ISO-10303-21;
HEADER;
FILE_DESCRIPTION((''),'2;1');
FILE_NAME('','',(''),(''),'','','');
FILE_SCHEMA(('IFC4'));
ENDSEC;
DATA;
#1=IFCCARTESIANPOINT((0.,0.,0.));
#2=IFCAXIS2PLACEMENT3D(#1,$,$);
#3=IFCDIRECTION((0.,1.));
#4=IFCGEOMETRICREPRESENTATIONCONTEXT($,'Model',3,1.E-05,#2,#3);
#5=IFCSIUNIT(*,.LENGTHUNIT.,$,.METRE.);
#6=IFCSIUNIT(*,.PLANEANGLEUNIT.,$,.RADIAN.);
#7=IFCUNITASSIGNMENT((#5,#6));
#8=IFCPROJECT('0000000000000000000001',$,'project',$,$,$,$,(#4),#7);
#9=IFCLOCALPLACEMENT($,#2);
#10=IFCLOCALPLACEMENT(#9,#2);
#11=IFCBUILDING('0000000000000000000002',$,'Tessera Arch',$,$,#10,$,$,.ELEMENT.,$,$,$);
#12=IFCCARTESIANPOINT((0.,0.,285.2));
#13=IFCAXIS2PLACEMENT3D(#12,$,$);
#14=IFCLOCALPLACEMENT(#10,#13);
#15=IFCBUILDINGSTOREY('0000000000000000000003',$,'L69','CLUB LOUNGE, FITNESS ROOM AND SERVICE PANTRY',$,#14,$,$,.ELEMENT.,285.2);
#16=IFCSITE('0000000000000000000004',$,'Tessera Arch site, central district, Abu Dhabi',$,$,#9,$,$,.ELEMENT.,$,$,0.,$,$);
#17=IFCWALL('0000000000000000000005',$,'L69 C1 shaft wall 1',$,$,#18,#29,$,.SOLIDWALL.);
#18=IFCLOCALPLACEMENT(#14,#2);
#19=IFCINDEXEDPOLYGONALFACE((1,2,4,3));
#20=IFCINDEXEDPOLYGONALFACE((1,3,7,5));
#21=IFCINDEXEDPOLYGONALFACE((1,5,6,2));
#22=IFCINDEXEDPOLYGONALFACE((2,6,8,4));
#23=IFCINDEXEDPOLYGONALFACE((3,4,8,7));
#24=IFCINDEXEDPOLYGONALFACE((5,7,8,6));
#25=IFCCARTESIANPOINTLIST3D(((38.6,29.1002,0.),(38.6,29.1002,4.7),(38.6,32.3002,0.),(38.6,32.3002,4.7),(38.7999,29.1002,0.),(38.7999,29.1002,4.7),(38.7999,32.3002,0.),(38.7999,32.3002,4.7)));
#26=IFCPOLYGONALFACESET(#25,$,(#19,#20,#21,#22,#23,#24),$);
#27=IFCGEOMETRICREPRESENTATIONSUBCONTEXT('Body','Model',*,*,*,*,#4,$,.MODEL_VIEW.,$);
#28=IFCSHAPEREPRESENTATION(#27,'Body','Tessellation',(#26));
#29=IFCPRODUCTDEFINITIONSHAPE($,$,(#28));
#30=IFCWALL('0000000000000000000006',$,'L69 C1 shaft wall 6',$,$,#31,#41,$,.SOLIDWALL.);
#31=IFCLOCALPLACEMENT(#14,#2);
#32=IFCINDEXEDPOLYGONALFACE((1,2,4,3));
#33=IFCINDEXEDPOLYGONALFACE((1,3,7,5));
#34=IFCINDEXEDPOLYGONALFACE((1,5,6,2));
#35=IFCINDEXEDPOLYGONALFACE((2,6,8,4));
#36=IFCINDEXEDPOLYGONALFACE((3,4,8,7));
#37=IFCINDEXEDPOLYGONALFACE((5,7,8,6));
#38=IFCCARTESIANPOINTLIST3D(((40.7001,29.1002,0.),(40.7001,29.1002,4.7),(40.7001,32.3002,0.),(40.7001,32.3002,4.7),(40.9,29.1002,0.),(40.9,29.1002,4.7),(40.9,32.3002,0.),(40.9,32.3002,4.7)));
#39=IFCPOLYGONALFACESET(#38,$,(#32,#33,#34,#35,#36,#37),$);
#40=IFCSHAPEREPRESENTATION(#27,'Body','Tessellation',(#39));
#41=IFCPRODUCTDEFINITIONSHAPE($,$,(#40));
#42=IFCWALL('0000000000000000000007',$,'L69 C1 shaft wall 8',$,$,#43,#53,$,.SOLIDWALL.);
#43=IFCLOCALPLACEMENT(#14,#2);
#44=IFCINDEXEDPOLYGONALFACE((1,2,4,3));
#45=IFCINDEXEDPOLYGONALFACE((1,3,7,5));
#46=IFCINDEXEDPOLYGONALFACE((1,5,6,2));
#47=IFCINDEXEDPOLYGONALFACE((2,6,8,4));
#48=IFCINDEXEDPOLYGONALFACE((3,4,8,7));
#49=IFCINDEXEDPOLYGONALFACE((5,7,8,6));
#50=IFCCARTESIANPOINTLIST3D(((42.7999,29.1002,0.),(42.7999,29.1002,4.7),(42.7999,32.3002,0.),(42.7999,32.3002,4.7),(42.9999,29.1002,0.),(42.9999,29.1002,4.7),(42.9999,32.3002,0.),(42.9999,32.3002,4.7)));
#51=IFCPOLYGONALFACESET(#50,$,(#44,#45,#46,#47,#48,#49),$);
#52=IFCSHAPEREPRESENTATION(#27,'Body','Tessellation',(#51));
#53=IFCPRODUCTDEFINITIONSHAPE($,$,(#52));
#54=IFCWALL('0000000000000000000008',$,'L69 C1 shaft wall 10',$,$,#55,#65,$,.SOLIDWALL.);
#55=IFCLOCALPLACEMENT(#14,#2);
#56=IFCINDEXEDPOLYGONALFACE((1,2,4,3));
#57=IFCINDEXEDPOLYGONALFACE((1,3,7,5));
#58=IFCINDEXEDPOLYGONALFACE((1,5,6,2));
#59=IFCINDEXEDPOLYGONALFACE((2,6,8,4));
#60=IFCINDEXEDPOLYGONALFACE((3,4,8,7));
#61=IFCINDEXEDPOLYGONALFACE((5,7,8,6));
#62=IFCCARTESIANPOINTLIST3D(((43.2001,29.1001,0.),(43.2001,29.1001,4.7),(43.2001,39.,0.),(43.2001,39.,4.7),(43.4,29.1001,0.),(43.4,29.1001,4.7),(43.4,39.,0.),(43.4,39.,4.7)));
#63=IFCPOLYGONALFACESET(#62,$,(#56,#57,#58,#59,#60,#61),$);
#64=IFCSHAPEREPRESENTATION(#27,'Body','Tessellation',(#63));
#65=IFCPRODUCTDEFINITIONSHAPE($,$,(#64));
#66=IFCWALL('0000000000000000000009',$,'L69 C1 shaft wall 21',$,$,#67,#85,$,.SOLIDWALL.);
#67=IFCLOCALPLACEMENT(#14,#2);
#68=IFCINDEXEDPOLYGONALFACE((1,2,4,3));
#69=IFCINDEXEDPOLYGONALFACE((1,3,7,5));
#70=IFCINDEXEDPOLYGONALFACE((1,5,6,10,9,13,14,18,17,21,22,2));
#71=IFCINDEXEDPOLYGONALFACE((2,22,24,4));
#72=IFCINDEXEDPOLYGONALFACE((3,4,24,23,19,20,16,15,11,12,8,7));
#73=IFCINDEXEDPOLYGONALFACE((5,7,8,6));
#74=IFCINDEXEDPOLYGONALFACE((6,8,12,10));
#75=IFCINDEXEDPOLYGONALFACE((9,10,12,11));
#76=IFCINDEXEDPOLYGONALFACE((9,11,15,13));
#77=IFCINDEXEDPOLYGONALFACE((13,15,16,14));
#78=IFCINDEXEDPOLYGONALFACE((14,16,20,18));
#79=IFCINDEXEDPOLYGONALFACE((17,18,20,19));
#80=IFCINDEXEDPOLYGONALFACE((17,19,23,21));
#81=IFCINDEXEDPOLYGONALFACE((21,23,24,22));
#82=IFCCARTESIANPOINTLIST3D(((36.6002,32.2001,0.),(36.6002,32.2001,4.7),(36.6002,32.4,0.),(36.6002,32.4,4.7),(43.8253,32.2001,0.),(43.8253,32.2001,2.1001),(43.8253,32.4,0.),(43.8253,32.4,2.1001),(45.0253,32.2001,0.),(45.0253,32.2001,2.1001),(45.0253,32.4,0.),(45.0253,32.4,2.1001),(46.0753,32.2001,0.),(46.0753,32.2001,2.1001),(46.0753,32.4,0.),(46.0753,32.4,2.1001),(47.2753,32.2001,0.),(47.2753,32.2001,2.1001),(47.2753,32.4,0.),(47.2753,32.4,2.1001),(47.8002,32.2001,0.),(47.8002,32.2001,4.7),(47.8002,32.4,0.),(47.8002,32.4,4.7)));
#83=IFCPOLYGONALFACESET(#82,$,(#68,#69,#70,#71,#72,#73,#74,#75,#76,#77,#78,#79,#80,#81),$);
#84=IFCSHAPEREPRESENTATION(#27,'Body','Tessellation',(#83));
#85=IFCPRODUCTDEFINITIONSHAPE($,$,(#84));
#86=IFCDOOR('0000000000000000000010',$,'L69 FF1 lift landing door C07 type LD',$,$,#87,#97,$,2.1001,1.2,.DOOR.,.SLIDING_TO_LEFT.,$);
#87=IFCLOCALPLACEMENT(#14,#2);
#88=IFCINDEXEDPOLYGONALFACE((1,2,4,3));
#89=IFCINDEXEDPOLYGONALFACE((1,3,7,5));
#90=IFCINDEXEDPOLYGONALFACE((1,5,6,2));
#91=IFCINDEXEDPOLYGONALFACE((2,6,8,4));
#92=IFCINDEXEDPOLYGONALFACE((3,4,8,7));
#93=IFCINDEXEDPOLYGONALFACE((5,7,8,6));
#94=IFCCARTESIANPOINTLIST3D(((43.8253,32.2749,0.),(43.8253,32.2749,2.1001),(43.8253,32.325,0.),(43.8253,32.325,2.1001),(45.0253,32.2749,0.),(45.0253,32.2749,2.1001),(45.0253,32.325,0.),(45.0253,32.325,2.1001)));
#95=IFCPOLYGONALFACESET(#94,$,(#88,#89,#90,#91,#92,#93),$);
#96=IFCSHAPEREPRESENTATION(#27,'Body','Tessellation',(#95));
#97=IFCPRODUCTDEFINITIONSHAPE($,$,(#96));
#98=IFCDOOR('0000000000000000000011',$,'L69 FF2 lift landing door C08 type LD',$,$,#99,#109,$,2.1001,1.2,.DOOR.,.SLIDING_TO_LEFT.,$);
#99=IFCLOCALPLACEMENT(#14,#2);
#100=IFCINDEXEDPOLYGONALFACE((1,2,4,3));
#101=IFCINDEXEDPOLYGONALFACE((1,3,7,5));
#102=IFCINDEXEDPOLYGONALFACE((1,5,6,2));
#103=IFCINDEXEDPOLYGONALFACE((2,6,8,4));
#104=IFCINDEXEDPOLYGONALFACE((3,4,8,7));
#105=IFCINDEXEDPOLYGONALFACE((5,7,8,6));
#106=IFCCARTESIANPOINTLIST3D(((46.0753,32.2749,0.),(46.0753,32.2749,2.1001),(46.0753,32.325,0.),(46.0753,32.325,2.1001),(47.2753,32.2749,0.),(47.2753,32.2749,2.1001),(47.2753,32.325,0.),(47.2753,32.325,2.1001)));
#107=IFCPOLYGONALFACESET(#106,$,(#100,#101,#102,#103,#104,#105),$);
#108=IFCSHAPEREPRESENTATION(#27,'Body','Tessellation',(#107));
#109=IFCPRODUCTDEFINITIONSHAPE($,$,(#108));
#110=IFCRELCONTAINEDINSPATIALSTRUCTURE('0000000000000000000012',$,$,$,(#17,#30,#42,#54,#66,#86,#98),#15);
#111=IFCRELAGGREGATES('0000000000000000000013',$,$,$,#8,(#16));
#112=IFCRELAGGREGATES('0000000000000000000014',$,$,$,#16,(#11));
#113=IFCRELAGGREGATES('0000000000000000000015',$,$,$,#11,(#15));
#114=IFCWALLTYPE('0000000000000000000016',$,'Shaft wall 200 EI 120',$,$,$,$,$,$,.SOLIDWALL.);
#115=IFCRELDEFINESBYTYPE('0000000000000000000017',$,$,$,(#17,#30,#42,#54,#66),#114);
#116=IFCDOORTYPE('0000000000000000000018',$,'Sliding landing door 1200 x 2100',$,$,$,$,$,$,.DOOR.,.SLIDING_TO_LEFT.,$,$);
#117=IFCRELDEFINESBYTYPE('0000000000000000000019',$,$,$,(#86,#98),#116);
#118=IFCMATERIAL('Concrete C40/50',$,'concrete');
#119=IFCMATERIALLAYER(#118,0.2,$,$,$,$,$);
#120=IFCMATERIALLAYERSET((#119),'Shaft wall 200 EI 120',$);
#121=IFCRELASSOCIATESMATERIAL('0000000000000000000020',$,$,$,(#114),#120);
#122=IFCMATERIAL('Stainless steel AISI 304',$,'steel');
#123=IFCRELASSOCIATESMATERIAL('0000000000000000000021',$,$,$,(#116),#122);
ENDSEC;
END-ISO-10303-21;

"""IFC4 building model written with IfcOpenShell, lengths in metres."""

from ifc_helpers import new_model, si_unit, direction, frame, frame_2d, origin, place, context, subcontext, project, spatial, rectangle, extrude, material, layer, layer_set, type_object, element, fill, save


model = new_model("IFC4")

# Units and contexts
model_context = context("Model", 3, precision=1e-05, world=origin(), true_north=direction((0.0, 1.0)))
body_context = subcontext(model_context, "Body", "Model", "MODEL_VIEW")
ifc_project = project(units=[si_unit("LENGTHUNIT", "METRE"), si_unit("PLANEANGLEUNIT", "RADIAN")], contexts=[model_context])

# Site, building, storey
site_placement = place(None, origin())
site = spatial("IfcSite", under=ifc_project, at=site_placement, Name="Tessera Arch site, central district, Abu Dhabi", CompositionType="ELEMENT", RefElevation=0.0)
building_placement = place(site_placement, origin())
building = spatial("IfcBuilding", under=site, at=building_placement, Name="Tessera Arch", CompositionType="ELEMENT")
storey_placement = place(building_placement, frame((0.0, 0.0, 285.2)))
storey = spatial("IfcBuildingStorey", under=building, at=storey_placement, Name="L69", Description="CLUB LOUNGE, FITNESS ROOM AND SERVICE PANTRY", CompositionType="ELEMENT", Elevation=285.2)

# Walls
ifc_material_1 = material(Name="Concrete C40/50", Category="concrete")
ifc_layer_1 = layer(ifc_material_1, 0.2)
ifc_layer_set_1 = layer_set([ifc_layer_1], Name="Shaft wall 200 EI 120")
wall_type_1 = type_object("IfcWallType", Name="Shaft wall 200 EI 120", PredefinedType="SOLIDWALL", material=ifc_layer_set_1)
for number, where, z_axis, x_axis, name in (
    (1, (38.7, 29.1001, 0.0), (0.0, 0.0, 1.0), (0.0, 1.0, 0.0), "L69 C1 shaft wall 1"),
    (2, (40.8, 29.1001, 0.0), (0.0, 0.0, 1.0), (0.0, 1.0, 0.0), "L69 C1 shaft wall 6"),
    (3, (42.8999, 29.1001, 0.0), (0.0, 0.0, 1.0), (0.0, 1.0, 0.0), "L69 C1 shaft wall 8"),
):
    element("IfcWall", number, at=place(storey_placement, frame(where, z_axis=z_axis, x_axis=x_axis)), inside=storey, type_object=wall_type_1, Name=name, PredefinedType="SOLIDWALL", context=body_context, shape_type="SweptSolid", body=[
        extrude(rectangle(XDim=3.2, YDim=0.2, at=frame_2d((1.6001, 0.0))), origin(), (0.0, 0.0, 1.0), 4.7),
    ])
wall_1_placement = place(storey_placement, frame((43.3, 29.1001, 0.0), z_axis=(0.0, 0.0, 1.0), x_axis=(0.0, 1.0, 0.0)))
element("IfcWall", 4, at=wall_1_placement, inside=storey, type_object=wall_type_1, Name="L69 C1 shaft wall 10", PredefinedType="SOLIDWALL", context=body_context, shape_type="SweptSolid", body=[
    extrude(rectangle(XDim=9.8999, YDim=0.2, at=frame_2d((4.95, 0.0))), origin(), (0.0, 0.0, 1.0), 4.7),
])

# Wall, openings, doors
wall_2_placement = place(storey_placement, frame((36.6001, 32.3, 0.0), z_axis=(0.0, 0.0, 1.0), x_axis=(1.0, 0.0, 0.0)))
wall_2 = element("IfcWall", 5, at=wall_2_placement, inside=storey, type_object=wall_type_1, Name="L69 C1 shaft wall 21", PredefinedType="SOLIDWALL", context=body_context, shape_type="SweptSolid", body=[
    extrude(rectangle(XDim=11.2, YDim=0.2, at=frame_2d((5.6001, 0.0))), origin(), (0.0, 0.0, 1.0), 4.7),
])
opening_1_placement = place(wall_2_placement, frame((7.2251, 0.0, 0.0)))
opening_1 = element("IfcOpeningElement", 6, at=opening_1_placement, cuts=wall_2, PredefinedType="OPENING", context=body_context, shape_type="SweptSolid", body=[
    extrude(rectangle(XDim=1.2, YDim=2.1001, at=frame_2d((0.6001, 1.05))), frame((0.0, 0.1099, 0.0), z_axis=(0.0, -1.0, 0.0), x_axis=(1.0, 0.0, 0.0)), (0.0, 0.0, 1.0), 0.22),
])
opening_2_placement = place(wall_2_placement, frame((9.4751, 0.0, 0.0)))
opening_2 = element("IfcOpeningElement", 7, at=opening_2_placement, cuts=wall_2, PredefinedType="OPENING", context=body_context, shape_type="SweptSolid", body=[
    extrude(rectangle(XDim=1.2, YDim=2.1001, at=frame_2d((0.6001, 1.05))), frame((0.0, 0.1099, 0.0), z_axis=(0.0, -1.0, 0.0), x_axis=(1.0, 0.0, 0.0)), (0.0, 0.0, 1.0), 0.22),
])
ifc_material_2 = material(Name="Stainless steel AISI 304", Category="steel")
door_type_1 = type_object("IfcDoorType", Name="Sliding landing door 1200 x 2100", OperationType="SLIDING_TO_LEFT", PredefinedType="DOOR", material=ifc_material_2)
door_1_placement = place(opening_1_placement, origin())
door_1 = element("IfcDoor", 8, at=door_1_placement, inside=storey, type_object=door_type_1, Name="L69 FF1 lift landing door C07 type LD", OperationType="SLIDING_TO_LEFT", OverallHeight=2.1001, OverallWidth=1.2, PredefinedType="DOOR", context=body_context, shape_type="SweptSolid", body=[
    extrude(rectangle(XDim=1.2, YDim=2.1001, at=frame_2d((0.6001, 1.05))), frame((0.0, 0.0249, 0.0), z_axis=(0.0, -1.0, 0.0), x_axis=(1.0, 0.0, 0.0)), (0.0, 0.0, 1.0), 0.05),
])
fill(opening_1, door_1)
door_2_placement = place(opening_2_placement, origin())
door_2 = element("IfcDoor", 9, at=door_2_placement, inside=storey, type_object=door_type_1, Name="L69 FF2 lift landing door C08 type LD", OperationType="SLIDING_TO_LEFT", OverallHeight=2.1001, OverallWidth=1.2, PredefinedType="DOOR", context=body_context, shape_type="SweptSolid", body=[
    extrude(rectangle(XDim=1.2, YDim=2.1001, at=frame_2d((0.6001, 1.05))), frame((0.0, 0.0249, 0.0), z_axis=(0.0, -1.0, 0.0), x_axis=(1.0, 0.0, 0.0)), (0.0, 0.0, 1.0), 0.05),
])
fill(opening_2, door_2)

save(model, "model.ifc")
